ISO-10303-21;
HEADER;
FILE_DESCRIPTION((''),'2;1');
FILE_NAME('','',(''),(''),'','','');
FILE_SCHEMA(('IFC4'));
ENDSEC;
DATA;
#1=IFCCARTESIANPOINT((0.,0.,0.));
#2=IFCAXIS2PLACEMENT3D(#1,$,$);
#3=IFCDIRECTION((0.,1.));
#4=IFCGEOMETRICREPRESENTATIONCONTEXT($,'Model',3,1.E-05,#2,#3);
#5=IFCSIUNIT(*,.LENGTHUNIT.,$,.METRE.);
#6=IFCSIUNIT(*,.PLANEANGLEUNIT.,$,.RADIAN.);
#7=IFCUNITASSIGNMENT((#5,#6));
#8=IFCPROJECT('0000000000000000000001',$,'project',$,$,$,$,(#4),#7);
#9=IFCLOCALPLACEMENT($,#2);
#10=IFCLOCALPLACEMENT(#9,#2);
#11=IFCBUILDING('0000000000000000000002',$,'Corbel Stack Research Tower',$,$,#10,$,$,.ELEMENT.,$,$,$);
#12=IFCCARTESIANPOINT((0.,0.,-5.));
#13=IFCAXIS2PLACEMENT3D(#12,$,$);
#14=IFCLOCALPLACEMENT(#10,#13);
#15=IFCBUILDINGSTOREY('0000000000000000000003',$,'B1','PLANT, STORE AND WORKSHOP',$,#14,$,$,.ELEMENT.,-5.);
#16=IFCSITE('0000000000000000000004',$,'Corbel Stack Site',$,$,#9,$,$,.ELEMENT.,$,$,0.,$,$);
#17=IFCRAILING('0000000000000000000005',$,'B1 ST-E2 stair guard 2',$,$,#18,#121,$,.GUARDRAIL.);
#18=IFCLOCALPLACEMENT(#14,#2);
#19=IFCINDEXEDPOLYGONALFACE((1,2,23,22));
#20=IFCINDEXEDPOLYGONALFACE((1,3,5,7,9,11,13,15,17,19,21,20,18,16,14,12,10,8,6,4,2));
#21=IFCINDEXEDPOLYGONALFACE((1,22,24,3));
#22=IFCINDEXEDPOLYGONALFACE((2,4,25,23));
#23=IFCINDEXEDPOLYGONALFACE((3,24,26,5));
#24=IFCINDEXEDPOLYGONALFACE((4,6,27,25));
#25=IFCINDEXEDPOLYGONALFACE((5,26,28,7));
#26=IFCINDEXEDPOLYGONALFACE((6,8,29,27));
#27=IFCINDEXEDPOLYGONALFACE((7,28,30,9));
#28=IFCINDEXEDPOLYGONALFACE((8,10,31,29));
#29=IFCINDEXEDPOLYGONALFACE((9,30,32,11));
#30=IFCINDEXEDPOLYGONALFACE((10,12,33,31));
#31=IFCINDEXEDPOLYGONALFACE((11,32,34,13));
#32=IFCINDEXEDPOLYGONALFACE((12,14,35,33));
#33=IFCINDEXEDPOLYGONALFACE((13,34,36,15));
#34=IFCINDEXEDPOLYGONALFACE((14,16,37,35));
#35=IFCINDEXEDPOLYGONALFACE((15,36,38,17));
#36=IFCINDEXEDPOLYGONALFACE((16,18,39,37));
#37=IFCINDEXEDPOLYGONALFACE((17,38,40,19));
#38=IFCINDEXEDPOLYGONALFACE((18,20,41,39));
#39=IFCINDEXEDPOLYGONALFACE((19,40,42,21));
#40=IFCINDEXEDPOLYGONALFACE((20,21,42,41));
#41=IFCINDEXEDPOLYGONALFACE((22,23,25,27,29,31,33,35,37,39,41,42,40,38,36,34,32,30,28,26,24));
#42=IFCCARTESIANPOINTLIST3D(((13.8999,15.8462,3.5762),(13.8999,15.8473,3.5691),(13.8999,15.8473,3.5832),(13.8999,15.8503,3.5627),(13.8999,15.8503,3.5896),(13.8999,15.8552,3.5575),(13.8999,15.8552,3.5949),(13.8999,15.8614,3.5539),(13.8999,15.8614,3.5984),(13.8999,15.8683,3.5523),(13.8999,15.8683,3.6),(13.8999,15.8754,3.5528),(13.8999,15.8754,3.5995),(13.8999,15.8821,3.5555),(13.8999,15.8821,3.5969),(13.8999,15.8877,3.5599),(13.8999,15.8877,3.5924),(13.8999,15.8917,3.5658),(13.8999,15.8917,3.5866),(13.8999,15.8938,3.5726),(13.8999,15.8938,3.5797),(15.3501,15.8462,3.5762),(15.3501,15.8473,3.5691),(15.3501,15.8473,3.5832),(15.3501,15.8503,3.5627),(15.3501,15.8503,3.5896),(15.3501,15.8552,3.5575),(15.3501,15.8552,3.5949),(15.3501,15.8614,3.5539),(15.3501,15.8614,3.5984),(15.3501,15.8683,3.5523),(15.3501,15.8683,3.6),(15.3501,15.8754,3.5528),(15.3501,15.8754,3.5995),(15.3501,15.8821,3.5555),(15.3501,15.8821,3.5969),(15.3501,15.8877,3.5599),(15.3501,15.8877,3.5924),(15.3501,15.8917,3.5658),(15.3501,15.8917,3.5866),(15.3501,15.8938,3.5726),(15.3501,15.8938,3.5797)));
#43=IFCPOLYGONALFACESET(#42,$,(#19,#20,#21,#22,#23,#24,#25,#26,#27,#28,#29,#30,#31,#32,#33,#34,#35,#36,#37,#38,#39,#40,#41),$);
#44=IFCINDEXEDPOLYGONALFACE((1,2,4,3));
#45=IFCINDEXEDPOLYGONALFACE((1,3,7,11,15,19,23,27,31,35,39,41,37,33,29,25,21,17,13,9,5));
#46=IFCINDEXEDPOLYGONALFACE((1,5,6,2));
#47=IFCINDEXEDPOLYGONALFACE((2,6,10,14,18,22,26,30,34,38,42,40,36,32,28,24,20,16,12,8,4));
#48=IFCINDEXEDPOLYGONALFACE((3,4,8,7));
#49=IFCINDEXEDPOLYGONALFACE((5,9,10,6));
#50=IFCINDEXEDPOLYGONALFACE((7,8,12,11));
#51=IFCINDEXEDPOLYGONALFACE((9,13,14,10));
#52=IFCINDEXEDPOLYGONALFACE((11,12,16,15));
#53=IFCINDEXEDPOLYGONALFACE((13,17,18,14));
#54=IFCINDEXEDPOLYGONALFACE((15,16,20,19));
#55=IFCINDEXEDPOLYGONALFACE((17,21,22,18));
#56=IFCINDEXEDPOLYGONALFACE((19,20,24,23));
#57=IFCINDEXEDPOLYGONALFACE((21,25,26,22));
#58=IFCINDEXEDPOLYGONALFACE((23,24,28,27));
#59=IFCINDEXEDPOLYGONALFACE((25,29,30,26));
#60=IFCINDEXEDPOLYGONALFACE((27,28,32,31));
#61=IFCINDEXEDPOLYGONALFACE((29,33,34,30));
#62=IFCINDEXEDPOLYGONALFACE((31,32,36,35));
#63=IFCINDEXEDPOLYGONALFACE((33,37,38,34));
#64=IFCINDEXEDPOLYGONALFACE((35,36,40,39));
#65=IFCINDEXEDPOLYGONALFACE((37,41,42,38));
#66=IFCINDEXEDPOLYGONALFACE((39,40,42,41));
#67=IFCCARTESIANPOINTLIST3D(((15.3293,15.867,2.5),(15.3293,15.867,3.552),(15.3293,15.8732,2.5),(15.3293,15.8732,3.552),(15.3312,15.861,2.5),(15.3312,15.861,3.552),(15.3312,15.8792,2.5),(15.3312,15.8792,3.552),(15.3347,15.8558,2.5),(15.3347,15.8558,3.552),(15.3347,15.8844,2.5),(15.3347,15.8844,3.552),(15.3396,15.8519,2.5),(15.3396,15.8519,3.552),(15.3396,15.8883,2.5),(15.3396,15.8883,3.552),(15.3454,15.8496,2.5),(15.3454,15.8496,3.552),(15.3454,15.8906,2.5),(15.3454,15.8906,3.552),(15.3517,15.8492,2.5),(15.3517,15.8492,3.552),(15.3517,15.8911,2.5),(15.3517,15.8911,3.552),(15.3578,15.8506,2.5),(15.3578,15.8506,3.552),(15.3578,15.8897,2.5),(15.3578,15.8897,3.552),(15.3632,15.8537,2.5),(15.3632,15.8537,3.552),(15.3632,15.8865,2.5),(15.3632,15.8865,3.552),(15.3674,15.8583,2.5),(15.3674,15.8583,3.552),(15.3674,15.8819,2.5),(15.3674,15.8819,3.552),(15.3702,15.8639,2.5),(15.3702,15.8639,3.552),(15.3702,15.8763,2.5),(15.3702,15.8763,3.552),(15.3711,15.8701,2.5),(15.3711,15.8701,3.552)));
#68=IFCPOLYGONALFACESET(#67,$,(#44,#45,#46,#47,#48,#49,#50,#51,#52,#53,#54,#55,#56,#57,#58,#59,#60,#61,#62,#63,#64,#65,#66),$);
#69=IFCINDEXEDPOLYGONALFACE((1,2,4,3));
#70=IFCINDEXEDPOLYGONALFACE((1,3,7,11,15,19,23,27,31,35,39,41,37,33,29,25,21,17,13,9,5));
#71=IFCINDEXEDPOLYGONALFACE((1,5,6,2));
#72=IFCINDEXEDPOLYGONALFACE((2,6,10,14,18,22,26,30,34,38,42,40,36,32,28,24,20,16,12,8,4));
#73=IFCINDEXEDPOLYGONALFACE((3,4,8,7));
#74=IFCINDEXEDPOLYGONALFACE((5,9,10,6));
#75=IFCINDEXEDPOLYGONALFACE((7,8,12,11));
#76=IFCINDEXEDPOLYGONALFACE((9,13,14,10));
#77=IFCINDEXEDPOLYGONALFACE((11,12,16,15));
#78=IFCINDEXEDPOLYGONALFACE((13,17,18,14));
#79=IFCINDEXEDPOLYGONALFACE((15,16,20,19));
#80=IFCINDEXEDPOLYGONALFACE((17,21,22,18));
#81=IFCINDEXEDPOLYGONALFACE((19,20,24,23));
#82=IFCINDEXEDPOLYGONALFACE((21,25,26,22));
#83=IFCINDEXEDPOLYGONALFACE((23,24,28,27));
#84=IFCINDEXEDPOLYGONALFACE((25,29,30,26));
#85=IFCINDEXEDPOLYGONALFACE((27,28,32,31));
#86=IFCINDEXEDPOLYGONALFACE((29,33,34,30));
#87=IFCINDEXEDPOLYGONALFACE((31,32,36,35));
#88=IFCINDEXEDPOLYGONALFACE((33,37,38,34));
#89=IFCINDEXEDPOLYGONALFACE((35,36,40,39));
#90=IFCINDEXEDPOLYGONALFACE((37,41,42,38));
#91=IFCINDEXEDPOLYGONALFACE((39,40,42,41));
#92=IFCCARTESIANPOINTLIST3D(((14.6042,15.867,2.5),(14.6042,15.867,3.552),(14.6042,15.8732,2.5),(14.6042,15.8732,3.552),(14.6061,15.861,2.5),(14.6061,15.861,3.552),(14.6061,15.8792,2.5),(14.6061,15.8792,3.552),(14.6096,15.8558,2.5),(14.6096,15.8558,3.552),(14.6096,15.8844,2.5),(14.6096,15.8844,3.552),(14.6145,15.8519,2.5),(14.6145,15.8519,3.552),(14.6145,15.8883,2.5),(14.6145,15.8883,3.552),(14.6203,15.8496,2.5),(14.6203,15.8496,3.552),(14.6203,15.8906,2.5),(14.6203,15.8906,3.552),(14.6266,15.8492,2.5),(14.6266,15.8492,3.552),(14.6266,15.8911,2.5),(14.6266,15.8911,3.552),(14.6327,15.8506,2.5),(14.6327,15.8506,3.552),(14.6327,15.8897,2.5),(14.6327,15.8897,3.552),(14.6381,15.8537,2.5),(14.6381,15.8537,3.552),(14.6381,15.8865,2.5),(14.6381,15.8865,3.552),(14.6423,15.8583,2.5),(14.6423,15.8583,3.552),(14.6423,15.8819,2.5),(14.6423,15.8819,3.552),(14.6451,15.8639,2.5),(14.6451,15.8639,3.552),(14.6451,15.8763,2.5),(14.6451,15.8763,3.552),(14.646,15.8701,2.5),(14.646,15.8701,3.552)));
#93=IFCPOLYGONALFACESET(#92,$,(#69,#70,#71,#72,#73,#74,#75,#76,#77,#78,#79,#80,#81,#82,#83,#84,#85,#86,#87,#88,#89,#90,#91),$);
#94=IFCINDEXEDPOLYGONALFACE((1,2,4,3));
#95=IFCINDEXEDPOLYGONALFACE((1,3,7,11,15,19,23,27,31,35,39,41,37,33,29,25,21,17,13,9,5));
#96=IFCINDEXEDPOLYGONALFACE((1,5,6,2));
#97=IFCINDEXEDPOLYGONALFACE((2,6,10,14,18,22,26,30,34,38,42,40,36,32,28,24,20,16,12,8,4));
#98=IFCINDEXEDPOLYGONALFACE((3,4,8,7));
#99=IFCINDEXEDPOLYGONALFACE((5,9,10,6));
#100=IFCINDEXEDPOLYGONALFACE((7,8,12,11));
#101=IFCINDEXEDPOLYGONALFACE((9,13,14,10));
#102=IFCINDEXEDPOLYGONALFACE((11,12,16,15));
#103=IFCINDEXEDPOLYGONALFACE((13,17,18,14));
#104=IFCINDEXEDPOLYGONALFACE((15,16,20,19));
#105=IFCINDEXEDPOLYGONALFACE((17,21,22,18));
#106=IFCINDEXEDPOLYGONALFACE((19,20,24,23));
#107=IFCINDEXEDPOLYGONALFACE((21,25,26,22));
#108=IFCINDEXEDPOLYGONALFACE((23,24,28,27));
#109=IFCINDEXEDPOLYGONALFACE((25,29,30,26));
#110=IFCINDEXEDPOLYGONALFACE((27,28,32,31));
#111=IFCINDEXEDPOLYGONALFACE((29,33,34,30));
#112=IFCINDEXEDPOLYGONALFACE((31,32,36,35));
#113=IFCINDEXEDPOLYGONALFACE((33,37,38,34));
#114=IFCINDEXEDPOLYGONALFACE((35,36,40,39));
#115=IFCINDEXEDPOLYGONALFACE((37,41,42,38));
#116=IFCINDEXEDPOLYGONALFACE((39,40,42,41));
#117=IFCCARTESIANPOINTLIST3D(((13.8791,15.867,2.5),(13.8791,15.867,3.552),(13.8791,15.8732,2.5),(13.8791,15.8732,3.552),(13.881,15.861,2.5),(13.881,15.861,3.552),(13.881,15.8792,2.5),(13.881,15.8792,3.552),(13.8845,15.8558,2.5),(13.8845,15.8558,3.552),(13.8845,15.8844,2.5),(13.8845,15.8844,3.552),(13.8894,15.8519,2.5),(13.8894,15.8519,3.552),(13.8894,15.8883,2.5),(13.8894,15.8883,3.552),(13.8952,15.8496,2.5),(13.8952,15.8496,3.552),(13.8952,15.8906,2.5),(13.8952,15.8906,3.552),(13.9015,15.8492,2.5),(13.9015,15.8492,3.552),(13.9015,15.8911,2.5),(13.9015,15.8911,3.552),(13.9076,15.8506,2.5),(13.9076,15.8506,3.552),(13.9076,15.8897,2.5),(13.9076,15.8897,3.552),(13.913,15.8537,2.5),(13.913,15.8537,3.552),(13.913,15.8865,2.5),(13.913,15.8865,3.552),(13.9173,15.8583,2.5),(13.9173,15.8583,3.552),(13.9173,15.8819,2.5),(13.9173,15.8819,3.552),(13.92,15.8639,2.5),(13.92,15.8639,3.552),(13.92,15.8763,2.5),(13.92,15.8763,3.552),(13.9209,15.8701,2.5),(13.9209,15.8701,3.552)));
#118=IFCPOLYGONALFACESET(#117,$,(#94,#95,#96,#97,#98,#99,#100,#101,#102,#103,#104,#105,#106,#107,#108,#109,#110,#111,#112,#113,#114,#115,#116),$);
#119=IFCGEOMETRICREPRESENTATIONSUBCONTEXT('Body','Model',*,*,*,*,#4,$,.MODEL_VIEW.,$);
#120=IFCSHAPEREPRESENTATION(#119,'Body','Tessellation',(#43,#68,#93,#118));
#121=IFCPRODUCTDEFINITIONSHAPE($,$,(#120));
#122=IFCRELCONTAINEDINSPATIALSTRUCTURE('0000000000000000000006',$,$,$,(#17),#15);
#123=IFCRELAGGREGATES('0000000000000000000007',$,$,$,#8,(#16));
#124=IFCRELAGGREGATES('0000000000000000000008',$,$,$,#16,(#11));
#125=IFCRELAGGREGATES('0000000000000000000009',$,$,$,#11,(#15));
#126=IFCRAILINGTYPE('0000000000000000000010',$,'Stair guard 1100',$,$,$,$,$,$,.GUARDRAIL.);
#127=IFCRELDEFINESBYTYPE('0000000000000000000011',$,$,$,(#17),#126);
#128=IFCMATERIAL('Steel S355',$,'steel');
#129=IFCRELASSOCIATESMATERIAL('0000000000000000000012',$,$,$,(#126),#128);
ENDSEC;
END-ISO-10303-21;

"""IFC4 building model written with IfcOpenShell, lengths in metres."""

from ifc_helpers import new_model, si_unit, direction, frame, origin, origin_2d, place, context, subcontext, project, spatial, circle, extrude, material, type_object, element, save


model = new_model("IFC4")

# Units and contexts
model_context = context("Model", 3, precision=1e-05, world=origin(), true_north=direction((0.0, 1.0)))
body_context = subcontext(model_context, "Body", "Model", "MODEL_VIEW")
ifc_project = project(units=[si_unit("LENGTHUNIT", "METRE"), si_unit("PLANEANGLEUNIT", "RADIAN")], contexts=[model_context])

# Site, building, storey
site_placement = place(None, origin())
site = spatial("IfcSite", under=ifc_project, at=site_placement, Name="Corbel Stack Site", CompositionType="ELEMENT", RefElevation=0.0)
building_placement = place(site_placement, origin())
building = spatial("IfcBuilding", under=site, at=building_placement, Name="Corbel Stack Research Tower", CompositionType="ELEMENT")
storey_placement = place(building_placement, frame((0.0, 0.0, -5.0)))
storey = spatial("IfcBuildingStorey", under=building, at=storey_placement, Name="B1", Description="PLANT, STORE AND WORKSHOP", CompositionType="ELEMENT", Elevation=-5.0)

# Railing
ifc_material_1 = material(Name="Steel S355", Category="steel")
railing_type_1 = type_object("IfcRailingType", Name="Stair guard 1100", PredefinedType="GUARDRAIL", material=ifc_material_1)
railing_1_placement = place(storey_placement, frame((15.3501, 15.8701, 2.5)))
element("IfcRailing", 1, at=railing_1_placement, inside=storey, type_object=railing_type_1, Name="B1 ST-E2 stair guard 2", PredefinedType="GUARDRAIL", context=body_context, shape_type="SweptSolid", body=[
    extrude(circle(Radius=0.0239, at=origin_2d()), frame((0.0, 0.0, 1.0762), z_axis=(-1.0, 0.0, 0.0), x_axis=(0.0, -1.0, 0.0)), (0.0, 0.0, 1.0), 1.4502),
    extrude(circle(Radius=0.021, at=origin_2d()), origin(), (0.0, 0.0, 1.0), 1.052),
    extrude(circle(Radius=0.021, at=origin_2d()), frame((-0.7251, 0.0, 0.0)), (0.0, 0.0, 1.0), 1.052),
    extrude(circle(Radius=0.021, at=origin_2d()), frame((-1.4502, 0.0, 0.0)), (0.0, 0.0, 1.0), 1.052),
])

save(model, "model.ifc")
